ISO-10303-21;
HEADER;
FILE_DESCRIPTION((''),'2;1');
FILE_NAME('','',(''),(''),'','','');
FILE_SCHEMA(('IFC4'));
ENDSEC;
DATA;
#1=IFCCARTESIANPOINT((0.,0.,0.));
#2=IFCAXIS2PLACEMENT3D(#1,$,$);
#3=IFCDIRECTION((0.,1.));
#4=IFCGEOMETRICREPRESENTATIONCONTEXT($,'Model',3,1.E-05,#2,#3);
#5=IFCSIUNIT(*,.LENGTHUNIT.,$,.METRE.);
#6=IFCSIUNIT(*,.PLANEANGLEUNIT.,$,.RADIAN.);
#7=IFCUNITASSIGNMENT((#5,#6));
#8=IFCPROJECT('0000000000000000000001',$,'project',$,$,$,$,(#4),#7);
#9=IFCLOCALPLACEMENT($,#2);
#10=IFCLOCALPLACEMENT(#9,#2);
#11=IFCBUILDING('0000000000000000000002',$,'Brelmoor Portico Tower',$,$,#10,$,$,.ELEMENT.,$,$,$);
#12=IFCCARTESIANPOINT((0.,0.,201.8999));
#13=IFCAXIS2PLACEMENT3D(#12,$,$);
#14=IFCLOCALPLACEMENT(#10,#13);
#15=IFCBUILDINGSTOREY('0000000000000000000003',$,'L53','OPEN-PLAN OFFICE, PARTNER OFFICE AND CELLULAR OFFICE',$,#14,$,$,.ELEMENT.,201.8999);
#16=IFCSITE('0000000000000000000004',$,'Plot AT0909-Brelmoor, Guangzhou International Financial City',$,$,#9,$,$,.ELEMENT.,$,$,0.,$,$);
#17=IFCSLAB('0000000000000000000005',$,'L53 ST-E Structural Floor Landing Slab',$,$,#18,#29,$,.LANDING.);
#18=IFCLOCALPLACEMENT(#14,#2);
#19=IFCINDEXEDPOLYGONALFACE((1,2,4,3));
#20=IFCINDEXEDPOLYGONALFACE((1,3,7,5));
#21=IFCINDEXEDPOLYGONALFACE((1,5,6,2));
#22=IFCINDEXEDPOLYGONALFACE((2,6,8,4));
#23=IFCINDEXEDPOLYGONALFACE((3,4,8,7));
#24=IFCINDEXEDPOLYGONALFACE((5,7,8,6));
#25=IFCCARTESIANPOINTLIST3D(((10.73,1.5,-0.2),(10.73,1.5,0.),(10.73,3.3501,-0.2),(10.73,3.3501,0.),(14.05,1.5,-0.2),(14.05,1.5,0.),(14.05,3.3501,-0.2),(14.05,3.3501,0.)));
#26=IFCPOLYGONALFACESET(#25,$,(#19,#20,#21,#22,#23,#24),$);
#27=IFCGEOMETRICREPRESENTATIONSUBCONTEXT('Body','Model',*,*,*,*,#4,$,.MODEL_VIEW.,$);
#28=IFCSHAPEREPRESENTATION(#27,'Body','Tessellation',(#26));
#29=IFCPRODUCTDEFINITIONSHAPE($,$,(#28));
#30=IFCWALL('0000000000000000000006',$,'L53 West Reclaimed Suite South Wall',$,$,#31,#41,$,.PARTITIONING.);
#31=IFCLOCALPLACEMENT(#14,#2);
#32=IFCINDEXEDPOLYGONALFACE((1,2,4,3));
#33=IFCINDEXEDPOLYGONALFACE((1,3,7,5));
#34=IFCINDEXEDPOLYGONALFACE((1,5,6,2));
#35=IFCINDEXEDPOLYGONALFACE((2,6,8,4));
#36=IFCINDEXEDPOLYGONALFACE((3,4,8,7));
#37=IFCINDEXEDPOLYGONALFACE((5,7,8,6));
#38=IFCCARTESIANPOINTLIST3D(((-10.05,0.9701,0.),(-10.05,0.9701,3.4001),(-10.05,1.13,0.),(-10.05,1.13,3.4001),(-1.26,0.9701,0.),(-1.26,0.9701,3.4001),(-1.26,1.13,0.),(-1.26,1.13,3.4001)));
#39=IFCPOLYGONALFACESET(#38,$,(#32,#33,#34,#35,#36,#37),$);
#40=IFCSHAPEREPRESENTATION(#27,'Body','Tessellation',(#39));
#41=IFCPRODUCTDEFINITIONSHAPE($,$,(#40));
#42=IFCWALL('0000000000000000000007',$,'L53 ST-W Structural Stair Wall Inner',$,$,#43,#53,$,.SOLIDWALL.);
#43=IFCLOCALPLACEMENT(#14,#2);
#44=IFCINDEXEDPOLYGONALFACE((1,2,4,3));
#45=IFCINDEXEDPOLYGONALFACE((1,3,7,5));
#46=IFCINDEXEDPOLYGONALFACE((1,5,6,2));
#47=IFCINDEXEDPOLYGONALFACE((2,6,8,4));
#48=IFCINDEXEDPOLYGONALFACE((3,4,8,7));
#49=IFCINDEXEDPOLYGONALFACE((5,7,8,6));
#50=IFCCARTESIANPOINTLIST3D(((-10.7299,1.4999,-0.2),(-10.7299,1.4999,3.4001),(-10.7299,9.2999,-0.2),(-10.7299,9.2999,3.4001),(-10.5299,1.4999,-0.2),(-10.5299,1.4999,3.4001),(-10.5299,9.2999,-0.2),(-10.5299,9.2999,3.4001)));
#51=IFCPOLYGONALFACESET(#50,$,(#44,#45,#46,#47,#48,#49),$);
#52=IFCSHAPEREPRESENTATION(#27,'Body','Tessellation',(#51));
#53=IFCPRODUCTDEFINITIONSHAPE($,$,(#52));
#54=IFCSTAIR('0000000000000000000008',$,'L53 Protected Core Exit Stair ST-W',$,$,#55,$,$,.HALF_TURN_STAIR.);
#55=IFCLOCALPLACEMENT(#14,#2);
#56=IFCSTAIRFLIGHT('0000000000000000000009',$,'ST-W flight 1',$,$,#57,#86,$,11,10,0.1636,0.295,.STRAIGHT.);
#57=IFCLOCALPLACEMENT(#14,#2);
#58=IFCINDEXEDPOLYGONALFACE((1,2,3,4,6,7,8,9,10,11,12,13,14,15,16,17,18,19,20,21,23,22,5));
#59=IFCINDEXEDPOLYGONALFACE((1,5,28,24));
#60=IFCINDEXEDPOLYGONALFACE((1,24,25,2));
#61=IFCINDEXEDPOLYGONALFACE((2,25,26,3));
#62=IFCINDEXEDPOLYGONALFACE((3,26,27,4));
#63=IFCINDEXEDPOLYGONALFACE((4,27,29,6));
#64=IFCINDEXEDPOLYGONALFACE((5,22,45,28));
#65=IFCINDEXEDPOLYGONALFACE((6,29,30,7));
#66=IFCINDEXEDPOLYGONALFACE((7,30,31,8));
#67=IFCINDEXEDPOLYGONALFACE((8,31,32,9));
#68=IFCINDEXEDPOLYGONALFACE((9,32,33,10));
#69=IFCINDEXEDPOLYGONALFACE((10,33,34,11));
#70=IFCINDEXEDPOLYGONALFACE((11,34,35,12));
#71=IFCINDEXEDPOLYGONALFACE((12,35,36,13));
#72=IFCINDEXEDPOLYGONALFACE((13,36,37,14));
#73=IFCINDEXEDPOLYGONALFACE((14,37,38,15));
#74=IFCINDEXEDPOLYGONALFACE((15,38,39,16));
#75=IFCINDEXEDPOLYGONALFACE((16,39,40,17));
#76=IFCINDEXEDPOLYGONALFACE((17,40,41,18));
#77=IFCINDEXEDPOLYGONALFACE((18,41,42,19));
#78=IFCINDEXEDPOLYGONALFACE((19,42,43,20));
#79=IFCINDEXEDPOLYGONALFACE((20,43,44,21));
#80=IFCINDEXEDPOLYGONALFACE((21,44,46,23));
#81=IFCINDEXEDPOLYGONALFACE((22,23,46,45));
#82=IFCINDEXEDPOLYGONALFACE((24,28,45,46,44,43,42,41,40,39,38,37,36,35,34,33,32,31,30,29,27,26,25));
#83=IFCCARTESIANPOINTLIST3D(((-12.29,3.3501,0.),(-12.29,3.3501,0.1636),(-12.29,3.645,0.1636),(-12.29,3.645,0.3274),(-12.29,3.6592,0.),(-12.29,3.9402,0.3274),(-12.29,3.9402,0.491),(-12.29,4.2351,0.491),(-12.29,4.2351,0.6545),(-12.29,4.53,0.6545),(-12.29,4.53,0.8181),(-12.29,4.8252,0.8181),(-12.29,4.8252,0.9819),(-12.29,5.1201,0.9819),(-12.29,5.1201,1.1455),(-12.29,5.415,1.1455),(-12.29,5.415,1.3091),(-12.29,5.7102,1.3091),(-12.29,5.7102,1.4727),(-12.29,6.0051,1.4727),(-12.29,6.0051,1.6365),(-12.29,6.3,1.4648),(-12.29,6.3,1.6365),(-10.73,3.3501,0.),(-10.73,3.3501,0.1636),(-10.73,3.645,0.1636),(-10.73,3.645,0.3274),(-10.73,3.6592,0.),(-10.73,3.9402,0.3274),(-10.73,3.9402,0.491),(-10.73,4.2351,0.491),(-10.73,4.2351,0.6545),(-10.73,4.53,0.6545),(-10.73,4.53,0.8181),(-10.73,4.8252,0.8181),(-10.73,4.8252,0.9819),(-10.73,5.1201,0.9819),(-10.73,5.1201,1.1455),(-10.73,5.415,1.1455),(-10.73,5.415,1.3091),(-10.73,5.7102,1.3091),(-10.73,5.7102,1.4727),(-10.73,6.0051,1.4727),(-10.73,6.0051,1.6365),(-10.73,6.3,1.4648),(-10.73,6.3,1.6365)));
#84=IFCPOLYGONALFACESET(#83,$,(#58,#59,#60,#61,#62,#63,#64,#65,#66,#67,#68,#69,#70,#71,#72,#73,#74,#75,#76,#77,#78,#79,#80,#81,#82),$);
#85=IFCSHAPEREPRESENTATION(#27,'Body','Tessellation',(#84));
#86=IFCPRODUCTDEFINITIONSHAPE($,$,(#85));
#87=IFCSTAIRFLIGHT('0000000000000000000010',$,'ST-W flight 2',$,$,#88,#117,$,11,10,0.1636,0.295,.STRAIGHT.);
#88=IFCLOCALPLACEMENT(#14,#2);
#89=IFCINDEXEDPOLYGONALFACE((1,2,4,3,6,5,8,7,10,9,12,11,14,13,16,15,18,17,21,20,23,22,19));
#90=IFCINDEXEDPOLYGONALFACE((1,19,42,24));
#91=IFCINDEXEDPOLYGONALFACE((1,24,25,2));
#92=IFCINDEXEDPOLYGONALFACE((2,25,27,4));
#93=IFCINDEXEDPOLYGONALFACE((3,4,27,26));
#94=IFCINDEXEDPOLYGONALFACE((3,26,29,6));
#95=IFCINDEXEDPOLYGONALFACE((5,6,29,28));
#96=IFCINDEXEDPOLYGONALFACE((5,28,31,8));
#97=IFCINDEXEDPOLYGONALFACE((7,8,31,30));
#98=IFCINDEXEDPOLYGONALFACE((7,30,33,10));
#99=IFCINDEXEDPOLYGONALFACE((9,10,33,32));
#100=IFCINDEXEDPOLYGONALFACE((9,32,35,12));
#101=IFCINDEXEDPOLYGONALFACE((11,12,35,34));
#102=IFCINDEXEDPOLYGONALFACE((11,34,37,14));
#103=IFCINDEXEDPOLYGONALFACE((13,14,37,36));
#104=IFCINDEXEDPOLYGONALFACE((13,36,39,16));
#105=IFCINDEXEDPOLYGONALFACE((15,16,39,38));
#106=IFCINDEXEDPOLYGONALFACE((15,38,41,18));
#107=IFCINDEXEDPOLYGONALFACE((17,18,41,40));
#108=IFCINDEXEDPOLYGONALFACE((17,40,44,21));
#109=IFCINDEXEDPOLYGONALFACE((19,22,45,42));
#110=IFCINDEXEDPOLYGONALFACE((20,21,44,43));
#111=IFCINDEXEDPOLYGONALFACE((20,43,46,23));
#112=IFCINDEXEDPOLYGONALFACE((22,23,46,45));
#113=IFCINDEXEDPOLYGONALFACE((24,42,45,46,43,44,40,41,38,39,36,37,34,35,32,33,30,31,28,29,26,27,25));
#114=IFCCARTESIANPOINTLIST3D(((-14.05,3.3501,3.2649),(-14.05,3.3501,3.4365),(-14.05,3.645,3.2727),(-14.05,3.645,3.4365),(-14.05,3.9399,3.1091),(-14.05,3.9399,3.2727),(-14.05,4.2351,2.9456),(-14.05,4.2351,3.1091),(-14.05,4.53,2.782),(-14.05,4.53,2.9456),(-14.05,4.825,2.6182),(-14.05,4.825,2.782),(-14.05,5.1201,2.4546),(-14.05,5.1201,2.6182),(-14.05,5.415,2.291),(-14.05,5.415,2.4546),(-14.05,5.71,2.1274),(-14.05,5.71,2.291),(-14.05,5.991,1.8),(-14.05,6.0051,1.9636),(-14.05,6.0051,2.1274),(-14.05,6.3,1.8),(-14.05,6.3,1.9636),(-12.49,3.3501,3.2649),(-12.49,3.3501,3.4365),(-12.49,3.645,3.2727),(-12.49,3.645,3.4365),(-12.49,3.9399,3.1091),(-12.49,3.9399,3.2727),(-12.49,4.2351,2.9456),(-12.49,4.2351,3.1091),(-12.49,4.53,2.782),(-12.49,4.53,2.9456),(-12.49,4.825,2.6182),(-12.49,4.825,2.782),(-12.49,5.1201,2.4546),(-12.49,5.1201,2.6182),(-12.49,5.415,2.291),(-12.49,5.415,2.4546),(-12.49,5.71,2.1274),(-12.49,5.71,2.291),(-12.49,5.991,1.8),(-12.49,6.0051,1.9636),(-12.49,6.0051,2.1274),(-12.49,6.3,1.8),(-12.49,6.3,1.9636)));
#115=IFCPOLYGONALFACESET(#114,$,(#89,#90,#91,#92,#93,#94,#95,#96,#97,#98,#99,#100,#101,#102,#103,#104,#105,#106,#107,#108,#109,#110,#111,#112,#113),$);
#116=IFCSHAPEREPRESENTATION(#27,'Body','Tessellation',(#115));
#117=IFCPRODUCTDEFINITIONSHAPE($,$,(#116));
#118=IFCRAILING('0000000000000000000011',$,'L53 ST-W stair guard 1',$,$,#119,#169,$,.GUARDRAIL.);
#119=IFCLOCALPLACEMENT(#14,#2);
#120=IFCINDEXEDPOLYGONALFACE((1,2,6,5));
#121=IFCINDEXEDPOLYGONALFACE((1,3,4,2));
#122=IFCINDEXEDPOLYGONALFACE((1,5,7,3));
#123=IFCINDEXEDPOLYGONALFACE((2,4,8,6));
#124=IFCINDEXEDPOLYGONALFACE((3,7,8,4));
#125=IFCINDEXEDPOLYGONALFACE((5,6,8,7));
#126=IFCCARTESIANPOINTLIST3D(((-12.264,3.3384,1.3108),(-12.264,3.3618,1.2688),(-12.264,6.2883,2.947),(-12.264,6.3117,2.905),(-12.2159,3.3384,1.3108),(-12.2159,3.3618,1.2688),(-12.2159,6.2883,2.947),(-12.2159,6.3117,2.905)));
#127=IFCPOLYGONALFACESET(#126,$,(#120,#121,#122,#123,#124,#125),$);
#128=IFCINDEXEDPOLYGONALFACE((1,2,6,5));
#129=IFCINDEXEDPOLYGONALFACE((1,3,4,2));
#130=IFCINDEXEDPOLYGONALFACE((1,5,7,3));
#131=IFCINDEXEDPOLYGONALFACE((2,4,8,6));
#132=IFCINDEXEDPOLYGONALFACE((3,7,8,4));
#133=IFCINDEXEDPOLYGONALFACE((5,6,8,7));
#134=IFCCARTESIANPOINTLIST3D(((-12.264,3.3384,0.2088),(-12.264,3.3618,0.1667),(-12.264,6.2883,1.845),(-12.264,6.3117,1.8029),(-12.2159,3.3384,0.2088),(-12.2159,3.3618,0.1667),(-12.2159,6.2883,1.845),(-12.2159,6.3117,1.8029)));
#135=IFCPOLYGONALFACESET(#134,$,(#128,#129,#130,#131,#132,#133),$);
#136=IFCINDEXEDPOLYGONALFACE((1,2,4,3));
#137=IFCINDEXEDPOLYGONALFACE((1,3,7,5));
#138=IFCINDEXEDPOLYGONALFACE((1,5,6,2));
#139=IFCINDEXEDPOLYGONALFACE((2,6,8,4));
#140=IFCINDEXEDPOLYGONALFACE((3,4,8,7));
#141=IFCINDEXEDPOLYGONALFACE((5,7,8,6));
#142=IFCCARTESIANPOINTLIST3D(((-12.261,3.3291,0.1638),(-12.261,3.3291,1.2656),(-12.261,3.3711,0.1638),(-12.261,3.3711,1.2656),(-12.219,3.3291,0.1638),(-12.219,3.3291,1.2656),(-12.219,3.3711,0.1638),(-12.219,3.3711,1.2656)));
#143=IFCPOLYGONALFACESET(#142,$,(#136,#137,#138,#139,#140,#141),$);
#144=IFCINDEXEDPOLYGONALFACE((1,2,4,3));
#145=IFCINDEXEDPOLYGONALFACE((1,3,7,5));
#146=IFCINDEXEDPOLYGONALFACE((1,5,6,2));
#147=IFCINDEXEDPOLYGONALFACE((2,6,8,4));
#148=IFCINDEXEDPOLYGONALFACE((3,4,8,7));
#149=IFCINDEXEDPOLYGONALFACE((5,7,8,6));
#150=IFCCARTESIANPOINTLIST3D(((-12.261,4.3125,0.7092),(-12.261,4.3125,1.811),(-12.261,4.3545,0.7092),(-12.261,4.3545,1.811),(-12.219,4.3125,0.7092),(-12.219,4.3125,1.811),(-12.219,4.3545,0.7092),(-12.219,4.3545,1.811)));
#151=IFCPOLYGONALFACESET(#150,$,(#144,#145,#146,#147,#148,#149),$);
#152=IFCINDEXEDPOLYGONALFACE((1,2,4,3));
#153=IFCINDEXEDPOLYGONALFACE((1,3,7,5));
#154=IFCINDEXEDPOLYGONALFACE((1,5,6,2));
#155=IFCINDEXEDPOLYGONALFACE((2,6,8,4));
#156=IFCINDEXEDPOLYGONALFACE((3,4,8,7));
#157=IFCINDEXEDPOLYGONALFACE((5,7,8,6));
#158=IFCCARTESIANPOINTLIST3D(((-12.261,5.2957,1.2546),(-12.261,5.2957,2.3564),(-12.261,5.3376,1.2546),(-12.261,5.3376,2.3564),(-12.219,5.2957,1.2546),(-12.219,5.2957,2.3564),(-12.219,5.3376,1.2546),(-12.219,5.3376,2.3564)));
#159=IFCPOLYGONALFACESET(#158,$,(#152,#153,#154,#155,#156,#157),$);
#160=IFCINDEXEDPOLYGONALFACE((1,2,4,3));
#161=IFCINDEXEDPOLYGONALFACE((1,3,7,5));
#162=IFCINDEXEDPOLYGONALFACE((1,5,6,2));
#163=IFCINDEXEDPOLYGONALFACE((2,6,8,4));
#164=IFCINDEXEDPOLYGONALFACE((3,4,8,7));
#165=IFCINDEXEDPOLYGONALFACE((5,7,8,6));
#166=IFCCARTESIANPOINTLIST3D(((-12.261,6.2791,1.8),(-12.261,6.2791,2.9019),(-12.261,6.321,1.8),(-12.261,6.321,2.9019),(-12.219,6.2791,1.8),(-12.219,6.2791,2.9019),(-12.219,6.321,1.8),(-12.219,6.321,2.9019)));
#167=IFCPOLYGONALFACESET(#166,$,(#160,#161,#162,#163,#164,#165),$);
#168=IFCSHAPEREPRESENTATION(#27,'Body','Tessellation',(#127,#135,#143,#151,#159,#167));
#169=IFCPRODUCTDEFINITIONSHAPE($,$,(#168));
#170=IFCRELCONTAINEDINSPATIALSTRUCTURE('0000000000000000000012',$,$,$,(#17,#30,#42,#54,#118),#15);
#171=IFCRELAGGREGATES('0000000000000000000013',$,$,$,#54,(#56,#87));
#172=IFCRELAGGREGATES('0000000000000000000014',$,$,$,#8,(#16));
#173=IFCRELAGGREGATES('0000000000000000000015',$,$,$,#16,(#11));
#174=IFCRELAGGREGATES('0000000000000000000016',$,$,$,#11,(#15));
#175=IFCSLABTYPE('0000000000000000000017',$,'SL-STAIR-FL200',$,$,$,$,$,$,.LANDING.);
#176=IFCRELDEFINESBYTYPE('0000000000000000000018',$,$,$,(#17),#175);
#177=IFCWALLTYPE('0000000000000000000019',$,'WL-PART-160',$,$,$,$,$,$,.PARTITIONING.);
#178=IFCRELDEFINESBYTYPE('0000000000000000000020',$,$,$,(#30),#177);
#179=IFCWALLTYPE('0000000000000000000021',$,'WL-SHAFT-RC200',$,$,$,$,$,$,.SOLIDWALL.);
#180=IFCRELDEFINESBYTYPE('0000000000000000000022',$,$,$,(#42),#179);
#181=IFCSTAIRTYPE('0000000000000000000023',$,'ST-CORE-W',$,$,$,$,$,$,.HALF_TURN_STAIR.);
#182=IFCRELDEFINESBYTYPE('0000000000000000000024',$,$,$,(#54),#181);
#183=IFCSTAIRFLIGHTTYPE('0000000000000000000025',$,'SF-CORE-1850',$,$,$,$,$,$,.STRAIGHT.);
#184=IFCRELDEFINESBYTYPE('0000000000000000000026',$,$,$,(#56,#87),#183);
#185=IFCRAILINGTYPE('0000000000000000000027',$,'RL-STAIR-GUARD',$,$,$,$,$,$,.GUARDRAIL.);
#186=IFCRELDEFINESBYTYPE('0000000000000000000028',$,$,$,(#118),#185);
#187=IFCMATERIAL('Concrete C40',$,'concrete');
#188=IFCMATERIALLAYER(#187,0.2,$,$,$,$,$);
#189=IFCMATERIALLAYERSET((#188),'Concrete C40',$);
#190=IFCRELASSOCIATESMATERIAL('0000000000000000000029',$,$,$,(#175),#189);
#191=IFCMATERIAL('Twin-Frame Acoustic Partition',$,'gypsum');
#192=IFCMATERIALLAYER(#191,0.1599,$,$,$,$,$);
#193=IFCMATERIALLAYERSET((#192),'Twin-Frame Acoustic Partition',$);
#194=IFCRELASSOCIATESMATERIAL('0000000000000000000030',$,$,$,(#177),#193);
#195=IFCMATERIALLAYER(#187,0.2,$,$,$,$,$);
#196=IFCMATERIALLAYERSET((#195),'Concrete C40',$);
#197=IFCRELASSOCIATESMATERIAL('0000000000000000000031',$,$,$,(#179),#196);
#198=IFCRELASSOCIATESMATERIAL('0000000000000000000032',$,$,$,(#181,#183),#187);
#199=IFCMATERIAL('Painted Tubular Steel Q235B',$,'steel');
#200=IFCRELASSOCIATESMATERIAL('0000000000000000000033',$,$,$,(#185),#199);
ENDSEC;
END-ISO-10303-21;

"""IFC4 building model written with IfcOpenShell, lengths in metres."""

from ifc_helpers import new_model, si_unit, direction, frame, frame_2d, origin, origin_2d, place, context, subcontext, project, spatial, polyline, rectangle, outline, extrude, material, layer, layer_set, type_object, element, aggregate, save


model = new_model("IFC4")

# Units and contexts
model_context = context("Model", 3, precision=1e-05, world=origin(), true_north=direction((0.0, 1.0)))
body_context = subcontext(model_context, "Body", "Model", "MODEL_VIEW")
ifc_project = project(units=[si_unit("LENGTHUNIT", "METRE"), si_unit("PLANEANGLEUNIT", "RADIAN")], contexts=[model_context])

# Site, building, storey
site_placement = place(None, origin())
site = spatial("IfcSite", under=ifc_project, at=site_placement, Name="Plot AT0909-Brelmoor, Guangzhou International Financial City", CompositionType="ELEMENT", RefElevation=0.0)
building_placement = place(site_placement, origin())
building = spatial("IfcBuilding", under=site, at=building_placement, Name="Brelmoor Portico Tower", CompositionType="ELEMENT")
storey_placement = place(building_placement, frame((0.0, 0.0, 201.8999)))
storey = spatial("IfcBuildingStorey", under=building, at=storey_placement, Name="L53", Description="OPEN-PLAN OFFICE, PARTNER OFFICE AND CELLULAR OFFICE", CompositionType="ELEMENT", Elevation=201.8999)

# Slab
ifc_material_1 = material(Name="Concrete C40", Category="concrete")
ifc_layer_1 = layer(ifc_material_1, 0.2)
ifc_layer_set_1 = layer_set([ifc_layer_1], Name="Concrete C40")
slab_type_1 = type_object("IfcSlabType", Name="SL-STAIR-FL200", PredefinedType="LANDING", material=ifc_layer_set_1)
slab_1_placement = place(storey_placement, frame((0.0, 0.0, -0.2)))
element("IfcSlab", 1, at=slab_1_placement, inside=storey, type_object=slab_type_1, Name="L53 ST-E Structural Floor Landing Slab", PredefinedType="LANDING", context=body_context, shape_type="SweptSolid", body=[
    extrude(outline(polyline([(14.05, 1.5), (14.05, 3.3501), (10.73, 3.3501), (10.73, 1.5), (14.05, 1.5)])), origin(), (0.0, 0.0, 1.0), 0.2),
])

# Walls
ifc_material_2 = material(Name="Twin-Frame Acoustic Partition", Category="gypsum")
ifc_layer_2 = layer(ifc_material_2, 0.1599)
ifc_layer_set_2 = layer_set([ifc_layer_2], Name="Twin-Frame Acoustic Partition")
wall_type_1 = type_object("IfcWallType", Name="WL-PART-160", PredefinedType="PARTITIONING", material=ifc_layer_set_2)
wall_1_placement = place(storey_placement, frame((-10.05, 1.05, 0.0), z_axis=(0.0, 0.0, 1.0), x_axis=(1.0, 0.0, 0.0)))
element("IfcWall", 2, at=wall_1_placement, inside=storey, type_object=wall_type_1, Name="L53 West Reclaimed Suite South Wall", PredefinedType="PARTITIONING", context=body_context, shape_type="SweptSolid", body=[
    extrude(rectangle(XDim=8.79, YDim=0.1599, at=frame_2d((4.395, 0.0))), origin(), (0.0, 0.0, 1.0), 3.4001),
])
ifc_layer_3 = layer(ifc_material_1, 0.2)
ifc_layer_set_3 = layer_set([ifc_layer_3], Name="Concrete C40")
wall_type_2 = type_object("IfcWallType", Name="WL-SHAFT-RC200", PredefinedType="SOLIDWALL", material=ifc_layer_set_3)
wall_2_placement = place(storey_placement, frame((-10.6299, 1.5, -0.2), z_axis=(0.0, 0.0, 1.0), x_axis=(0.0, 1.0, 0.0)))
element("IfcWall", 3, at=wall_2_placement, inside=storey, type_object=wall_type_2, Name="L53 ST-W Structural Stair Wall Inner", PredefinedType="SOLIDWALL", context=body_context, shape_type="SweptSolid", body=[
    extrude(rectangle(XDim=7.8, YDim=0.2, at=frame_2d((3.8999, 0.0))), origin(), (0.0, 0.0, 1.0), 3.6001),
])

# Stair, stair flights
stair_type = type_object("IfcStairType", Name="ST-CORE-W", PredefinedType="HALF_TURN_STAIR", material=ifc_material_1)
stair_placement = place(storey_placement, origin())
stair = element("IfcStair", 4, at=stair_placement, inside=storey, type_object=stair_type, Name="L53 Protected Core Exit Stair ST-W", PredefinedType="HALF_TURN_STAIR")
stair_flight_type = type_object("IfcStairFlightType", Name="SF-CORE-1850", PredefinedType="STRAIGHT", material=ifc_material_1)
stair_flight_1_placement = place(storey_placement, frame((-11.51, 3.3501, 0.0), z_axis=(0.0, 0.0, 1.0), x_axis=(0.0, 1.0, 0.0)))
stair_flight_1 = element("IfcStairFlight", 5, at=stair_flight_1_placement, type_object=stair_flight_type, Name="ST-W flight 1", NumberOfRisers=11, NumberOfTreads=10, PredefinedType="STRAIGHT", RiserHeight=0.1636, TreadLength=0.295, context=body_context, shape_type="SweptSolid", body=[
    extrude(outline(polyline([(0.0, 0.0), (0.0, 0.1636), (0.2949, 0.1636), (0.2949, 0.3274), (0.5901, 0.3274), (0.5901, 0.491), (0.885, 0.491), (0.885, 0.6545), (1.1799, 0.6545), (1.1799, 0.8181), (1.4751, 0.8181), (1.4751, 0.9819), (1.77, 0.9819), (1.77, 1.1455), (2.0649, 1.1455), (2.0649, 1.3091), (2.3601, 1.3091), (2.3601, 1.4727), (2.655, 1.4727), (2.655, 1.6365), (2.95, 1.6365), (2.95, 1.8), (2.95, 1.4648), (0.3091, 0.0), (0.0, 0.0)])), frame((0.0, 0.78, 0.0), z_axis=(0.0, -1.0, 0.0), x_axis=(1.0, 0.0, 0.0)), (0.0, 0.0, 1.0), 1.5601),
])
stair_flight_2_placement = place(storey_placement, frame((-13.27, 6.3, 1.8), z_axis=(0.0, 0.0, 1.0), x_axis=(0.0, -1.0, 0.0)))
stair_flight_2 = element("IfcStairFlight", 6, at=stair_flight_2_placement, type_object=stair_flight_type, Name="ST-W flight 2", NumberOfRisers=11, NumberOfTreads=10, PredefinedType="STRAIGHT", RiserHeight=0.1636, TreadLength=0.295, context=body_context, shape_type="SweptSolid", body=[
    extrude(outline(polyline([(0.0, 0.0), (0.0, 0.1636), (0.2949, 0.1636), (0.2949, 0.3274), (0.5901, 0.3274), (0.5901, 0.491), (0.885, 0.491), (0.885, 0.6545), (1.1799, 0.6545), (1.1799, 0.8181), (1.4751, 0.8181), (1.4751, 0.9819), (1.77, 0.9819), (1.77, 1.1455), (2.0649, 1.1455), (2.0649, 1.3091), (2.3601, 1.3091), (2.3601, 1.4727), (2.655, 1.4727), (2.655, 1.6365), (2.95, 1.6365), (2.95, 1.8), (2.95, 1.4648), (0.3091, 0.0), (0.0, 0.0)])), frame((0.0, 0.78, 0.0), z_axis=(0.0, -1.0, 0.0), x_axis=(1.0, 0.0, 0.0)), (0.0, 0.0, 1.0), 1.5601),
])
aggregate(stair, [stair_flight_1, stair_flight_2])

# Railing
ifc_material_3 = material(Name="Painted Tubular Steel Q235B", Category="steel")
railing_type_1 = type_object("IfcRailingType", Name="RL-STAIR-GUARD", PredefinedType="GUARDRAIL", material=ifc_material_3)
railing_1_placement = place(storey_placement, frame((-12.24, 3.3501, 0.1638)))
element("IfcRailing", 7, at=railing_1_placement, inside=storey, type_object=railing_type_1, Name="L53 ST-W stair guard 1", PredefinedType="GUARDRAIL", context=body_context, shape_type="SweptSolid", body=[
    extrude(rectangle(XDim=0.0481, YDim=0.0481, at=origin_2d()), frame((0.0, 0.0, 1.126), z_axis=(0.0, 0.874488, 0.485047), x_axis=(-1.0, 0.0, 0.0)), (0.0, 0.0, 1.0), 3.3733),
    extrude(rectangle(XDim=0.0481, YDim=0.0481, at=origin_2d()), frame((0.0, 0.0, 0.0239), z_axis=(0.0, 0.874488, 0.485047), x_axis=(-1.0, 0.0, 0.0)), (0.0, 0.0, 1.0), 3.3733),
    extrude(rectangle(XDim=0.042, YDim=0.042, at=origin_2d()), origin(), (0.0, 0.0, 1.0), 1.1018),
    extrude(rectangle(XDim=0.042, YDim=0.042, at=origin_2d()), frame((0.0, 0.9834, 0.5454)), (0.0, 0.0, 1.0), 1.1018),
    extrude(rectangle(XDim=0.042, YDim=0.042, at=origin_2d()), frame((0.0, 1.9666, 1.0908)), (0.0, 0.0, 1.0), 1.1018),
    extrude(rectangle(XDim=0.042, YDim=0.042, at=origin_2d()), frame((0.0, 2.95, 1.6362)), (0.0, 0.0, 1.0), 1.1018),
])

save(model, "model.ifc")
